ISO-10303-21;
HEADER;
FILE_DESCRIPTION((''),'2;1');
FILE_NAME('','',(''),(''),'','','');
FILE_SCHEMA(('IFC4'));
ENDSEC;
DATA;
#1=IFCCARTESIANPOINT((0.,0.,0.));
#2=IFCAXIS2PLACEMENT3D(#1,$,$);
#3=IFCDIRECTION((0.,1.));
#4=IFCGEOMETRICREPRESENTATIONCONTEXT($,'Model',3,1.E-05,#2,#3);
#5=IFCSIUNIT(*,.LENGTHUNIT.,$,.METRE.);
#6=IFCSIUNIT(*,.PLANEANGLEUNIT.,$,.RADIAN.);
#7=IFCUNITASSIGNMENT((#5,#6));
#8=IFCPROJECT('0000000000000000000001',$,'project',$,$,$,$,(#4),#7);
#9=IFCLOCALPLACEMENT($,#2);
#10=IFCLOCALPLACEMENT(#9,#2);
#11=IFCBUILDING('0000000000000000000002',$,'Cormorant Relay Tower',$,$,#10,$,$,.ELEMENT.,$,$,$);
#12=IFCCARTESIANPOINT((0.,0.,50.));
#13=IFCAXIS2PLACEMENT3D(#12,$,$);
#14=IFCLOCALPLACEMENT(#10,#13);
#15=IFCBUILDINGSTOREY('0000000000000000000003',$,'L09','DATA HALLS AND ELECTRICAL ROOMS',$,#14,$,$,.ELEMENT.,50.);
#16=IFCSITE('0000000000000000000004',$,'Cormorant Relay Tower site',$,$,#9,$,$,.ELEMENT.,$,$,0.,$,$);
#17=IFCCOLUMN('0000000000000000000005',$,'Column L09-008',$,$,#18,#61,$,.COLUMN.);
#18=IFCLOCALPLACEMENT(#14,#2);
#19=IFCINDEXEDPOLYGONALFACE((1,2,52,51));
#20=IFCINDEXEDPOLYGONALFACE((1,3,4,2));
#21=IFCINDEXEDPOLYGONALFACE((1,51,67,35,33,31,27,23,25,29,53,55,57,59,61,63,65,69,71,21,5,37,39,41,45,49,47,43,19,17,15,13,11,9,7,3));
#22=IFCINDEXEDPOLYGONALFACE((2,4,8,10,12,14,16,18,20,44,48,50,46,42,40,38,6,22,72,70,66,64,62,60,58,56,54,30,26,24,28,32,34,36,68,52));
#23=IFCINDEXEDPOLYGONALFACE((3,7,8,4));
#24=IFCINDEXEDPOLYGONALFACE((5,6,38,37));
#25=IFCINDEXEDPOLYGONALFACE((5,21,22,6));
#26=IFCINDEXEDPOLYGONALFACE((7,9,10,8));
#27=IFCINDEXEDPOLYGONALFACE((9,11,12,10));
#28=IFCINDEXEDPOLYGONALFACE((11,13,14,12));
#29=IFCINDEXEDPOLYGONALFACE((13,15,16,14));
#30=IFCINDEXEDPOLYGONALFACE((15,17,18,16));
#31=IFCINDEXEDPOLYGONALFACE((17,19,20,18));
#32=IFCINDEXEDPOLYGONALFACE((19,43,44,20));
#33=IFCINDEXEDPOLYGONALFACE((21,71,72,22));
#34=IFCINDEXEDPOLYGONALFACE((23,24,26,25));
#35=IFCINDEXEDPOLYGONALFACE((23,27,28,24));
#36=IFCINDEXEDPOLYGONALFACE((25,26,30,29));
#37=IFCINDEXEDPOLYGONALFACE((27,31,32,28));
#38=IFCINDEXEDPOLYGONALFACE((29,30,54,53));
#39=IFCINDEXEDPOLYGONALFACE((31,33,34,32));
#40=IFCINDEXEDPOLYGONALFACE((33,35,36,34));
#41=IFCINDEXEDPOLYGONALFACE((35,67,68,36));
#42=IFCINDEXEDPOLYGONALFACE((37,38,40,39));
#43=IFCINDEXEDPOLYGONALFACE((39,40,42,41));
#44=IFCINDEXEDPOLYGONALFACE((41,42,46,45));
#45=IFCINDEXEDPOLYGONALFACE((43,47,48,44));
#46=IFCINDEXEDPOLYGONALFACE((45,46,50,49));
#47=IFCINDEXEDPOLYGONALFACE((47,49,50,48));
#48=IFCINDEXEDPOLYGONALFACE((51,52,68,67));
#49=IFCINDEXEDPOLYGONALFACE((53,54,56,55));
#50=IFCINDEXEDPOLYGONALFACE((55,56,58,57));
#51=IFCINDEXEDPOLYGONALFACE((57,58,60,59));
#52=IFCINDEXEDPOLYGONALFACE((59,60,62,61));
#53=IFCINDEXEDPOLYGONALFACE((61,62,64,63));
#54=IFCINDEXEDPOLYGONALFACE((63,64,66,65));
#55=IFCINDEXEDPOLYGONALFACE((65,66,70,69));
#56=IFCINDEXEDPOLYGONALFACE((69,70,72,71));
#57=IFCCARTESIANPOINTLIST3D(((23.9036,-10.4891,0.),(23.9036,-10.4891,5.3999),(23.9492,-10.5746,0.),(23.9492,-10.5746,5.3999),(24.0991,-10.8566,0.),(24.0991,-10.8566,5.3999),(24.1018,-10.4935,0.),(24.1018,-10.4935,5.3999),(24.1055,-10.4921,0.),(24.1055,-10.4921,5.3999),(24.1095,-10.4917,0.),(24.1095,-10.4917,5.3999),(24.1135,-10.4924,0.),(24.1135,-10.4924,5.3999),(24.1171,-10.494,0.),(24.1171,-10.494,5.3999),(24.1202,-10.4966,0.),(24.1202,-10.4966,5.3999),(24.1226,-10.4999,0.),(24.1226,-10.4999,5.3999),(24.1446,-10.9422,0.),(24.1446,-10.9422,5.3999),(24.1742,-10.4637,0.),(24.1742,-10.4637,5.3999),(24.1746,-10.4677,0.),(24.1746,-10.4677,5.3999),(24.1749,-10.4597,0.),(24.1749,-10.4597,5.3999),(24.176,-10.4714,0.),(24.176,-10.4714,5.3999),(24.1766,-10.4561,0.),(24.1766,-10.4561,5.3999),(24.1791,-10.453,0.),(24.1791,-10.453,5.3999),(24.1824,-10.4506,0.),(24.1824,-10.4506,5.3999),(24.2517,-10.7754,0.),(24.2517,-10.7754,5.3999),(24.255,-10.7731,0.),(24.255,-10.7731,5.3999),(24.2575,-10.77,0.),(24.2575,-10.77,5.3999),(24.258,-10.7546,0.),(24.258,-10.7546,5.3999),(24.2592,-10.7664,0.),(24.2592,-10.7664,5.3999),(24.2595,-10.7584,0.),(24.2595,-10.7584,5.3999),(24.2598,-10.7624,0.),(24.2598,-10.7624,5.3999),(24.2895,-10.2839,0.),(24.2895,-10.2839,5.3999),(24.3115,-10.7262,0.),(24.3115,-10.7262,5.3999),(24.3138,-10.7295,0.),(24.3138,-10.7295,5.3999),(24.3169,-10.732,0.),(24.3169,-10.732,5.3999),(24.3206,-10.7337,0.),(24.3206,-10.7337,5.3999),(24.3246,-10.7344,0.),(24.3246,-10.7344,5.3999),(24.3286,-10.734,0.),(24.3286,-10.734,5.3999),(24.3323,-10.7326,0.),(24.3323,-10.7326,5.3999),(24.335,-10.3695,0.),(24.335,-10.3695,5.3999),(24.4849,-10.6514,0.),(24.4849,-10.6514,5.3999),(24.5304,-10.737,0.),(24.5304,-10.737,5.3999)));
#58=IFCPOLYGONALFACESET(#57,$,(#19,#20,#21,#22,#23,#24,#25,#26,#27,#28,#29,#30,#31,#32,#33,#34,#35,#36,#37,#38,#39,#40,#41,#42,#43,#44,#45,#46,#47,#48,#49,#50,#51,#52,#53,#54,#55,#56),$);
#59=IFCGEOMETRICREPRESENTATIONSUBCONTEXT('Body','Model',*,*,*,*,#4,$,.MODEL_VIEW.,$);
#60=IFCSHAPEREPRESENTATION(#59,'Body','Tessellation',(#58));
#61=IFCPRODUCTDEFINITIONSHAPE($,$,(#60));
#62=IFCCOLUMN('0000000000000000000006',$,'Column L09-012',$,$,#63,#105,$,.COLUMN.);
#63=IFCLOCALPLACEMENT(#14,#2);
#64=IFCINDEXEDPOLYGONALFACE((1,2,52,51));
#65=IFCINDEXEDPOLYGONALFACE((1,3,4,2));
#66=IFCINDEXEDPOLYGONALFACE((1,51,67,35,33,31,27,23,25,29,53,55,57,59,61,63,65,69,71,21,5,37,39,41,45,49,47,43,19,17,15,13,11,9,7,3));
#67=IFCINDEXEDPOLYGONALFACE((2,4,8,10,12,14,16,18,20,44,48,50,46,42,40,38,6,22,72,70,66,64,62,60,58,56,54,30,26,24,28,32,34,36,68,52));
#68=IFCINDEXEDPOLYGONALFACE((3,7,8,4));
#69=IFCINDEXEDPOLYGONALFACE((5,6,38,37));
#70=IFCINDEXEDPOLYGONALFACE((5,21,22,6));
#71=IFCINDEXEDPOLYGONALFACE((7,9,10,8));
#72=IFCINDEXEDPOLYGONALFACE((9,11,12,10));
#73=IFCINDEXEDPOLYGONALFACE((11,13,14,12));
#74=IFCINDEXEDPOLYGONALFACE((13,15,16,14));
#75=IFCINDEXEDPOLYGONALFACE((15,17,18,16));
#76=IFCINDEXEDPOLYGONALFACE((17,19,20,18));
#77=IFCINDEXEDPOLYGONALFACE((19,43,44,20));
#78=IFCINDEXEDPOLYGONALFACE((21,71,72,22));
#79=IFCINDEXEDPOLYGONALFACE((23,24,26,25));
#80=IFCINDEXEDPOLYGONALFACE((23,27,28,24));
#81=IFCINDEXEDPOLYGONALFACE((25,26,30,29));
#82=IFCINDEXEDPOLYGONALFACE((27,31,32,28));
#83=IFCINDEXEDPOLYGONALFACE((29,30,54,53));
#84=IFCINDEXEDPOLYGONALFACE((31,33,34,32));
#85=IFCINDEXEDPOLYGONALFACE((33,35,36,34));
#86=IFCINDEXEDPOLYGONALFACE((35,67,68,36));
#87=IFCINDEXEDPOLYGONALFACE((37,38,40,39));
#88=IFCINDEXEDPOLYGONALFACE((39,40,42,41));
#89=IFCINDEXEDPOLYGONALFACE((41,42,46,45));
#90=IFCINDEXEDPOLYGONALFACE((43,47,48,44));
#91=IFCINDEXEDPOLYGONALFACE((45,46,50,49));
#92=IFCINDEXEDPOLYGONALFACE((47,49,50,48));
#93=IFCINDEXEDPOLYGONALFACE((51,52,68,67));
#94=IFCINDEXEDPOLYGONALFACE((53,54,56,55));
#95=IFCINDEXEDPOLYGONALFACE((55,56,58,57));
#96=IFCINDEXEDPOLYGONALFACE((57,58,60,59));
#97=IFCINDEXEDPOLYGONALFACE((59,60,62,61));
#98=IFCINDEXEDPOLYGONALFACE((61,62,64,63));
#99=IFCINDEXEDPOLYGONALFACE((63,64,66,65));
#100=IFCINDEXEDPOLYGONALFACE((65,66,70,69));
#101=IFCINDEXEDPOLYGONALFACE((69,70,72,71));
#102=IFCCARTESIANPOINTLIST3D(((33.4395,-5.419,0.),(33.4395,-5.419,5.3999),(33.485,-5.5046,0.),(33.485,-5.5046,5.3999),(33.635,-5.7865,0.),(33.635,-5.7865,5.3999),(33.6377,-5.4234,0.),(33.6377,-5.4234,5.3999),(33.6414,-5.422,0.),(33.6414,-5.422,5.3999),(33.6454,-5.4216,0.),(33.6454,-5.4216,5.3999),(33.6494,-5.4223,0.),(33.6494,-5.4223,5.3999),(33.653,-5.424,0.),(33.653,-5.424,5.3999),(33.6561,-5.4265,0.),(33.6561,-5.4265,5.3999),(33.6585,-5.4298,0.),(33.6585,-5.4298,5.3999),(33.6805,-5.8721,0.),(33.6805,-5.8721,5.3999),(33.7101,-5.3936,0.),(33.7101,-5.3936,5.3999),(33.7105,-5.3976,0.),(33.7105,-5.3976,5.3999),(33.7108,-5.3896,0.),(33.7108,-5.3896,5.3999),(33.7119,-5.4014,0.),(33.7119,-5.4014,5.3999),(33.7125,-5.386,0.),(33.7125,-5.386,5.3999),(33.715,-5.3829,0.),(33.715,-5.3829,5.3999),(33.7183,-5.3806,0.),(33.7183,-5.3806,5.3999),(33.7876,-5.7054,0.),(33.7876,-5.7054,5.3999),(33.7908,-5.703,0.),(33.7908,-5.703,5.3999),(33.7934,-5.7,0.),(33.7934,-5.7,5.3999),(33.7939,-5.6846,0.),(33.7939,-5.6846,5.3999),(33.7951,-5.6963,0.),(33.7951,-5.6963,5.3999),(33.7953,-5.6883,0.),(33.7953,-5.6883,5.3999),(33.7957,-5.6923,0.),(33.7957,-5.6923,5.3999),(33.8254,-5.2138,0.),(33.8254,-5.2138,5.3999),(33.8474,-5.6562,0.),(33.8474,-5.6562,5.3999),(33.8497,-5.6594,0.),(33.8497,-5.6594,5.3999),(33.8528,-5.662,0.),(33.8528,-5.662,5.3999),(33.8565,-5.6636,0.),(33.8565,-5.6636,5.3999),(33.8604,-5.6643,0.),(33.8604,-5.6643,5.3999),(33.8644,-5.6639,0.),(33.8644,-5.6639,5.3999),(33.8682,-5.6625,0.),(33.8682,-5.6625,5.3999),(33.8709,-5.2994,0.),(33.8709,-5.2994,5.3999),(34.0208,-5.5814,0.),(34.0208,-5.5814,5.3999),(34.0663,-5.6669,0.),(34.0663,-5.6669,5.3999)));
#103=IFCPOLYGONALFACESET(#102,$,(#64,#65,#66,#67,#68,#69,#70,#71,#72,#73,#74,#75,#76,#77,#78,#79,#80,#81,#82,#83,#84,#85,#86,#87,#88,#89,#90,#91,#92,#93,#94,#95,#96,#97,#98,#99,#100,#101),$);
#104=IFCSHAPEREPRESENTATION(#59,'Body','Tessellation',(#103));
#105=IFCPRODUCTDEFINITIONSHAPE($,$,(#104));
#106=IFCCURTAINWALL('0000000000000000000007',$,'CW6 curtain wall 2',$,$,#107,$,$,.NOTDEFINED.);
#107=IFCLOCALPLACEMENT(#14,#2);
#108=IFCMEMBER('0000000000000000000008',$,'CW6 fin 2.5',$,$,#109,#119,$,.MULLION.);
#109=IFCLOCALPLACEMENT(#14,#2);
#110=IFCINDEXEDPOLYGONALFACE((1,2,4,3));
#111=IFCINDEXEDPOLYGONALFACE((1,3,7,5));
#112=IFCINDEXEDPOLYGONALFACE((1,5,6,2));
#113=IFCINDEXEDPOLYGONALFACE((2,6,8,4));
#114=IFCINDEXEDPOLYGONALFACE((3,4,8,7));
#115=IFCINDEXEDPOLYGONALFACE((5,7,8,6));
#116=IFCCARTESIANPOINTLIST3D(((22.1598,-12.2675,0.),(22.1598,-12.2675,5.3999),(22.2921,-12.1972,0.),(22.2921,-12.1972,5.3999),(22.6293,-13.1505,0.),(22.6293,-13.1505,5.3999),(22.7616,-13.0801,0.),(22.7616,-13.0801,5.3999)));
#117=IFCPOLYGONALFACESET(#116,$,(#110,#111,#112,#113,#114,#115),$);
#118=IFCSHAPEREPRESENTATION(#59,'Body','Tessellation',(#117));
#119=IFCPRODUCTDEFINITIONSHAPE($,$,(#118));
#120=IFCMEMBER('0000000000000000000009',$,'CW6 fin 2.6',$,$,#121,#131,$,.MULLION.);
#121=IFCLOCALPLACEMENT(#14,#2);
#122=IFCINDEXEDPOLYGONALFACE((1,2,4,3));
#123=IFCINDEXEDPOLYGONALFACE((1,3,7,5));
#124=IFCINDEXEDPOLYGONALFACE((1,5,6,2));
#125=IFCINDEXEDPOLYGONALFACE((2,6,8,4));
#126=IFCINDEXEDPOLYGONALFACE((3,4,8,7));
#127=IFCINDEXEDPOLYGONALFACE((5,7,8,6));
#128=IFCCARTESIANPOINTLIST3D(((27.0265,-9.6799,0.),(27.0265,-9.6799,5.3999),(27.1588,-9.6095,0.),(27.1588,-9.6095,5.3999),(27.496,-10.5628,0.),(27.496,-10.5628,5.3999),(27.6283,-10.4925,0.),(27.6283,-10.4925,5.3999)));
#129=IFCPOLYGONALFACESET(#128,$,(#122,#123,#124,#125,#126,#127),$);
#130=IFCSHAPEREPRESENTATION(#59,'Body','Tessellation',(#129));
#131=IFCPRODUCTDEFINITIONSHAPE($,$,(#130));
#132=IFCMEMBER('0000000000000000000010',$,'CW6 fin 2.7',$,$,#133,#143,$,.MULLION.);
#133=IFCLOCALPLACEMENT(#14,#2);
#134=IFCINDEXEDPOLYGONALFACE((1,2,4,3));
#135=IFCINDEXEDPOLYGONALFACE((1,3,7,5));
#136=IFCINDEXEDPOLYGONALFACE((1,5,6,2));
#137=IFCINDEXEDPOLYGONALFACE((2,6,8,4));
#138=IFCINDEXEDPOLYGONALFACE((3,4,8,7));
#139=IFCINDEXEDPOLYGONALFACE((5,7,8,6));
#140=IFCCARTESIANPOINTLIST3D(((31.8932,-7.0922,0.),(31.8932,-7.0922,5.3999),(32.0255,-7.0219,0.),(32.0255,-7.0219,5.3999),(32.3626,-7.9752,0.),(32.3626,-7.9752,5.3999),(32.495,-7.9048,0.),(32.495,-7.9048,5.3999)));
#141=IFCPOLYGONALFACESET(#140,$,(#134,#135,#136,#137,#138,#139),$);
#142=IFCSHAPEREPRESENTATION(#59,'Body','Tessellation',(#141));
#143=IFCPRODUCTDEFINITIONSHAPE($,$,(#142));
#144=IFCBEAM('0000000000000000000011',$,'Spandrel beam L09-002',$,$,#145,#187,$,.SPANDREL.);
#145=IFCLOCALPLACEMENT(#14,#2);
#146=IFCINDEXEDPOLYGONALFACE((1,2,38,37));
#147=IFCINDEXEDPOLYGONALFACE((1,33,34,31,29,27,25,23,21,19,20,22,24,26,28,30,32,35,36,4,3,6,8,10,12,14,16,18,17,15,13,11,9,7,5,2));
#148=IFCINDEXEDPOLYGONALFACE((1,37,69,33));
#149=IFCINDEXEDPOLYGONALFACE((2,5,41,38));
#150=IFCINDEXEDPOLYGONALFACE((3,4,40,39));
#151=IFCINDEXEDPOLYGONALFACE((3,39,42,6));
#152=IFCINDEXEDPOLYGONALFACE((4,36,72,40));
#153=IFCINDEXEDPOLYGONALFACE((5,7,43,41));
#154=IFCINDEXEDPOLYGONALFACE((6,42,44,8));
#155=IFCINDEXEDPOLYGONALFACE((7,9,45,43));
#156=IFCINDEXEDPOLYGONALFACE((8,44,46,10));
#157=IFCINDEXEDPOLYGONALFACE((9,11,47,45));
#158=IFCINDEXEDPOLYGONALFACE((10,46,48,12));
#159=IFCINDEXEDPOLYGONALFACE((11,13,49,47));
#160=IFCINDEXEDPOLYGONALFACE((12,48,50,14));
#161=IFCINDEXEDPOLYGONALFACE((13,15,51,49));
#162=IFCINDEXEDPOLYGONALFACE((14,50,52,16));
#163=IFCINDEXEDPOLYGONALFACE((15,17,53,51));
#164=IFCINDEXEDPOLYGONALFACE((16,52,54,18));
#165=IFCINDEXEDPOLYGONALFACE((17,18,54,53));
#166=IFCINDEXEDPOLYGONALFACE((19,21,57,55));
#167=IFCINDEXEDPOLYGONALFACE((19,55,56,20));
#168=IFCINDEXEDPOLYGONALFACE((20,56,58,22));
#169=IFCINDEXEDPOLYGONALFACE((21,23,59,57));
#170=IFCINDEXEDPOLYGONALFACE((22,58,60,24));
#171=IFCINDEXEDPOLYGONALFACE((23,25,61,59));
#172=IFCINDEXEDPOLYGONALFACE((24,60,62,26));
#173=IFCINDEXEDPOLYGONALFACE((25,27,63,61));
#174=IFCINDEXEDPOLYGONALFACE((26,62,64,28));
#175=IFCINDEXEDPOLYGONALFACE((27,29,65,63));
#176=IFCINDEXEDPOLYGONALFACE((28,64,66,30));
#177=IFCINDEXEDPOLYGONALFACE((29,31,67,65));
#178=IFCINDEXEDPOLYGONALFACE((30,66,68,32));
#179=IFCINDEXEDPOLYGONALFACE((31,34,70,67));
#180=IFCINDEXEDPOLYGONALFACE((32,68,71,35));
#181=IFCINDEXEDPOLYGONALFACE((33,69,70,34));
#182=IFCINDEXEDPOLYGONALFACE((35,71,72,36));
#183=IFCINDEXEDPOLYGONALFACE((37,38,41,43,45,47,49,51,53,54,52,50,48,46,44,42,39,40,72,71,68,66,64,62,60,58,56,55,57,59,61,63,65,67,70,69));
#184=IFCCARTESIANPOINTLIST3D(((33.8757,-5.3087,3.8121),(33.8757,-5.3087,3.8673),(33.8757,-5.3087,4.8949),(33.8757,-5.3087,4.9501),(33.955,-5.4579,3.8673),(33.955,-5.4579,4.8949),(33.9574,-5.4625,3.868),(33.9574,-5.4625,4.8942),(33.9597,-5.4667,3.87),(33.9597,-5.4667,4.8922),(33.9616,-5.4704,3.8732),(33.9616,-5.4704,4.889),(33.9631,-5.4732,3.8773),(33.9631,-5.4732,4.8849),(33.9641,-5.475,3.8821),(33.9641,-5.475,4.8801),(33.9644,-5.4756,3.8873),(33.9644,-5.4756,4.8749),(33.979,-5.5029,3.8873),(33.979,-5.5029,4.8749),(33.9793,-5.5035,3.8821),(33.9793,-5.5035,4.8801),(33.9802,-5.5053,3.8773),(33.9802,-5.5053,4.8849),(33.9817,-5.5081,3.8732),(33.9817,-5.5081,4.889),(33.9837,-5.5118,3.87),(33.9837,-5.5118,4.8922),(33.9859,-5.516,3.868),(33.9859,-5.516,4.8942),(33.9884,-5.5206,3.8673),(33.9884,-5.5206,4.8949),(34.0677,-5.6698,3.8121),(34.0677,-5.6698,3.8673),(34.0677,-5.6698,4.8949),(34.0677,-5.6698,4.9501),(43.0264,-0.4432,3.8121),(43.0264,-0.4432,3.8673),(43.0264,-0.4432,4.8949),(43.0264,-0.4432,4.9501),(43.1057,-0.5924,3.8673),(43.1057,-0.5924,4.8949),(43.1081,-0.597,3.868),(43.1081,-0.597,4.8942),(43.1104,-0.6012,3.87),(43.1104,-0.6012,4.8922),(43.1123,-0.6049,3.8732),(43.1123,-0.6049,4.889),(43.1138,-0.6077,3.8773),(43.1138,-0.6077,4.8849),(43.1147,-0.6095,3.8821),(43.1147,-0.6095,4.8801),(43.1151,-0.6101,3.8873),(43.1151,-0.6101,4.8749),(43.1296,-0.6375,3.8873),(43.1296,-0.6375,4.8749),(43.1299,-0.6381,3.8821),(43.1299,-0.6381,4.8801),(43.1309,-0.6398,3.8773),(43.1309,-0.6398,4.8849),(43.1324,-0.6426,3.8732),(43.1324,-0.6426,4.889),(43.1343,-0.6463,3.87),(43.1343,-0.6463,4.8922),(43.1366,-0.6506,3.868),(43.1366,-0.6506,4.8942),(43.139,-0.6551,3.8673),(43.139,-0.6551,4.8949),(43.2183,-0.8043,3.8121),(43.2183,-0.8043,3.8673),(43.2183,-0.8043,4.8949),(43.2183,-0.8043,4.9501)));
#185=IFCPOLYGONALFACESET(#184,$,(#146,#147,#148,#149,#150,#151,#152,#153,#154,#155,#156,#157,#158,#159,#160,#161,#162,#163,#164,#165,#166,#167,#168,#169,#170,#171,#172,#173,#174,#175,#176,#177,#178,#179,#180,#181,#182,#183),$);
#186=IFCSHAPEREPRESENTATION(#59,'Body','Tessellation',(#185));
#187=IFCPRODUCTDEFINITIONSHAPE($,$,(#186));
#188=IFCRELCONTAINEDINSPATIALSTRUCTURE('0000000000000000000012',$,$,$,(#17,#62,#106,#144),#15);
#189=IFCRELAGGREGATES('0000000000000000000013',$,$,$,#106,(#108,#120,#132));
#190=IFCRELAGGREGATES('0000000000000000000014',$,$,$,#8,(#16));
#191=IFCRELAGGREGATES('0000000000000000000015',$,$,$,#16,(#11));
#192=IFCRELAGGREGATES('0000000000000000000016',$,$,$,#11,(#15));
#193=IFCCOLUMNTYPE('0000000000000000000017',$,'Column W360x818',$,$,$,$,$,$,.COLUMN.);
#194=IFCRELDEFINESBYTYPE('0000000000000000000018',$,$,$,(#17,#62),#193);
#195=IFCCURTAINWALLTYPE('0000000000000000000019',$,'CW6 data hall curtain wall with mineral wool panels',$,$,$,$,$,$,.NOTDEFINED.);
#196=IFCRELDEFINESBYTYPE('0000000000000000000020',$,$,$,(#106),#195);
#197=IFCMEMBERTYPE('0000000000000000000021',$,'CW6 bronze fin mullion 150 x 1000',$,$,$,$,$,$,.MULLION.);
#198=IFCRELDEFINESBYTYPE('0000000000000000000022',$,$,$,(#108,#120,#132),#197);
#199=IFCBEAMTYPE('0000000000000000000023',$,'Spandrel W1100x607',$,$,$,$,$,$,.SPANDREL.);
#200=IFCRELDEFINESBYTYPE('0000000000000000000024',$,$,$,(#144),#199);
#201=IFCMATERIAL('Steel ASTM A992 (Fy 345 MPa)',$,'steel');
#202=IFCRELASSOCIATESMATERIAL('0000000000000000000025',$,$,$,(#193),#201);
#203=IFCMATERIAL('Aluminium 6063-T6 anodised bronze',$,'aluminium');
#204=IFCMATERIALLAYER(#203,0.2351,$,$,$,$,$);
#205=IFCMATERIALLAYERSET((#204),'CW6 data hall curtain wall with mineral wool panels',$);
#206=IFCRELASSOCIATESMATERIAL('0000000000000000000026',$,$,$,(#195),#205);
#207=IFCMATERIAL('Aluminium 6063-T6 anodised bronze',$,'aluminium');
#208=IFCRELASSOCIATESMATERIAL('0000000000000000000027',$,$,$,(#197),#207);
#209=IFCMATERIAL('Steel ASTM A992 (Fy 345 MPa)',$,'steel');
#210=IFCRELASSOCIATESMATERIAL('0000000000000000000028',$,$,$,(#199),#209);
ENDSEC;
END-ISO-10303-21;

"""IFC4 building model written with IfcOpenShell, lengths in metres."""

from ifc_helpers import new_model, si_unit, direction, frame, origin, origin_2d, place, context, subcontext, project, spatial, rectangle, i_section, extrude, material, layer, layer_set, material_profile, profile_set, type_object, element, aggregate, save


model = new_model("IFC4")

# Units and contexts
model_context = context("Model", 3, precision=1e-05, world=origin(), true_north=direction((0.0, 1.0)))
body_context = subcontext(model_context, "Body", "Model", "MODEL_VIEW")
ifc_project = project(units=[si_unit("LENGTHUNIT", "METRE"), si_unit("PLANEANGLEUNIT", "RADIAN")], contexts=[model_context])

# Site, building, storey
site_placement = place(None, origin())
site = spatial("IfcSite", under=ifc_project, at=site_placement, Name="Cormorant Relay Tower site", CompositionType="ELEMENT", RefElevation=0.0)
building_placement = place(site_placement, origin())
building = spatial("IfcBuilding", under=site, at=building_placement, Name="Cormorant Relay Tower", CompositionType="ELEMENT")
storey_placement = place(building_placement, frame((0.0, 0.0, 50.0)))
storey = spatial("IfcBuildingStorey", under=building, at=storey_placement, Name="L09", Description="DATA HALLS AND ELECTRICAL ROOMS", CompositionType="ELEMENT", Elevation=50.0)

# Columns
ifc_material_1 = material(Name="Steel ASTM A992 (Fy 345 MPa)", Category="steel")
ifc_material_profile_1 = material_profile(ifc_material_1, i_section(OverallWidth=0.437, OverallDepth=0.5132, WebThickness=0.0605, FlangeThickness=0.0969, FilletRadius=0.0154, at=origin_2d()), Name="W360x818")
ifc_profile_set_1 = profile_set([ifc_material_profile_1], Name="Steel ASTM A992 (Fy 345 MPa)")
column_type = type_object("IfcColumnType", Name="Column W360x818", PredefinedType="COLUMN", material=ifc_profile_set_1)
for number, where, z_axis, x_axis, name in (
    (1, (24.217, -10.613, 0.0), (0.0, 0.0, 1.0), (0.882948, 0.469472, 0.0), "Column L09-008"),
    (2, (33.7529, -5.543, 0.0), (0.0, 0.0, 1.0), (0.882948, 0.469472, 0.0), "Column L09-012"),
):
    element("IfcColumn", number, at=place(storey_placement, frame(where, z_axis=z_axis, x_axis=x_axis)), inside=storey, type_object=column_type, Name=name, PredefinedType="COLUMN", context=body_context, shape_type="SweptSolid", body=[
        extrude(i_section(OverallWidth=0.437, OverallDepth=0.5132, WebThickness=0.0605, FlangeThickness=0.0969, FilletRadius=0.0154, at=origin_2d()), origin(), (0.0, 0.0, 1.0), 5.3999),
    ])

# Curtain wall, members
ifc_material_2 = material(Name="Aluminium 6063-T6 anodised bronze", Category="aluminium")
ifc_layer_1 = layer(ifc_material_2, 0.2351)
ifc_layer_set_1 = layer_set([ifc_layer_1], Name="CW6 data hall curtain wall with mineral wool panels")
curtain_wall_type = type_object("IfcCurtainWallType", Name="CW6 data hall curtain wall with mineral wool panels", PredefinedType="NOTDEFINED", material=ifc_layer_set_1)
curtain_wall_placement = place(storey_placement, origin())
curtain_wall = element("IfcCurtainWall", 3, at=curtain_wall_placement, inside=storey, type_object=curtain_wall_type, Name="CW6 curtain wall 2", PredefinedType="NOTDEFINED")
ifc_material_3 = material(Name="Aluminium 6063-T6 anodised bronze", Category="aluminium")
ifc_material_profile_2 = material_profile(ifc_material_3, rectangle(XDim=0.1499, YDim=1.0, at=origin_2d()), Name="AL 150x1000")
ifc_profile_set_2 = profile_set([ifc_material_profile_2], Name="Aluminium 6063-T6 anodised bronze")
member_type = type_object("IfcMemberType", Name="CW6 bronze fin mullion 150 x 1000", PredefinedType="MULLION", material=ifc_profile_set_2)
member_1_placement = place(storey_placement, frame((22.4607, -12.6738, 0.0), z_axis=(0.0, 0.0, 1.0), x_axis=(0.882948, 0.469472, 0.0)))
member_1 = element("IfcMember", 4, at=member_1_placement, type_object=member_type, Name="CW6 fin 2.5", PredefinedType="MULLION", context=body_context, shape_type="SweptSolid", body=[
    extrude(rectangle(XDim=0.1499, YDim=1.0, at=origin_2d()), origin(), (0.0, 0.0, 1.0), 5.3999),
])
member_2_placement = place(storey_placement, frame((27.3274, -10.0862, 0.0), z_axis=(0.0, 0.0, 1.0), x_axis=(0.882948, 0.469472, 0.0)))
member_2 = element("IfcMember", 5, at=member_2_placement, type_object=member_type, Name="CW6 fin 2.6", PredefinedType="MULLION", context=body_context, shape_type="SweptSolid", body=[
    extrude(rectangle(XDim=0.1499, YDim=1.0, at=origin_2d()), origin(), (0.0, 0.0, 1.0), 5.3999),
])
member_3_placement = place(storey_placement, frame((32.1941, -7.4985, 0.0), z_axis=(0.0, 0.0, 1.0), x_axis=(0.882948, 0.469472, 0.0)))
member_3 = element("IfcMember", 6, at=member_3_placement, type_object=member_type, Name="CW6 fin 2.7", PredefinedType="MULLION", context=body_context, shape_type="SweptSolid", body=[
    extrude(rectangle(XDim=0.1499, YDim=1.0, at=origin_2d()), origin(), (0.0, 0.0, 1.0), 5.3999),
])

# Beam
ifc_material_4 = material(Name="Steel ASTM A992 (Fy 345 MPa)", Category="steel")
ifc_material_profile_3 = material_profile(ifc_material_4, i_section(OverallWidth=0.4089, OverallDepth=1.1379, WebThickness=0.031, FlangeThickness=0.0552, FilletRadius=0.02, at=origin_2d()), Name="W1100x607")
ifc_profile_set_3 = profile_set([ifc_material_profile_3], Name="Steel ASTM A992 (Fy 345 MPa)")
beam_type = type_object("IfcBeamType", Name="Spandrel W1100x607", PredefinedType="SPANDREL", material=ifc_profile_set_3)
beam_placement = place(storey_placement, frame((33.9717, -5.4893, 4.3811), z_axis=(0.882948, 0.469472, 0.0), x_axis=(-0.469472, 0.882948, 0.0)))
element("IfcBeam", 7, at=beam_placement, inside=storey, type_object=beam_type, Name="Spandrel beam L09-002", PredefinedType="SPANDREL", context=body_context, shape_type="SweptSolid", body=[
    extrude(i_section(OverallWidth=0.4089, OverallDepth=1.1379, WebThickness=0.031, FlangeThickness=0.0552, FilletRadius=0.02, at=origin_2d()), origin(), (0.0, 0.0, 1.0), 10.3638),
])

aggregate(curtain_wall, [member_1, member_2, member_3])

save(model, "model.ifc")
